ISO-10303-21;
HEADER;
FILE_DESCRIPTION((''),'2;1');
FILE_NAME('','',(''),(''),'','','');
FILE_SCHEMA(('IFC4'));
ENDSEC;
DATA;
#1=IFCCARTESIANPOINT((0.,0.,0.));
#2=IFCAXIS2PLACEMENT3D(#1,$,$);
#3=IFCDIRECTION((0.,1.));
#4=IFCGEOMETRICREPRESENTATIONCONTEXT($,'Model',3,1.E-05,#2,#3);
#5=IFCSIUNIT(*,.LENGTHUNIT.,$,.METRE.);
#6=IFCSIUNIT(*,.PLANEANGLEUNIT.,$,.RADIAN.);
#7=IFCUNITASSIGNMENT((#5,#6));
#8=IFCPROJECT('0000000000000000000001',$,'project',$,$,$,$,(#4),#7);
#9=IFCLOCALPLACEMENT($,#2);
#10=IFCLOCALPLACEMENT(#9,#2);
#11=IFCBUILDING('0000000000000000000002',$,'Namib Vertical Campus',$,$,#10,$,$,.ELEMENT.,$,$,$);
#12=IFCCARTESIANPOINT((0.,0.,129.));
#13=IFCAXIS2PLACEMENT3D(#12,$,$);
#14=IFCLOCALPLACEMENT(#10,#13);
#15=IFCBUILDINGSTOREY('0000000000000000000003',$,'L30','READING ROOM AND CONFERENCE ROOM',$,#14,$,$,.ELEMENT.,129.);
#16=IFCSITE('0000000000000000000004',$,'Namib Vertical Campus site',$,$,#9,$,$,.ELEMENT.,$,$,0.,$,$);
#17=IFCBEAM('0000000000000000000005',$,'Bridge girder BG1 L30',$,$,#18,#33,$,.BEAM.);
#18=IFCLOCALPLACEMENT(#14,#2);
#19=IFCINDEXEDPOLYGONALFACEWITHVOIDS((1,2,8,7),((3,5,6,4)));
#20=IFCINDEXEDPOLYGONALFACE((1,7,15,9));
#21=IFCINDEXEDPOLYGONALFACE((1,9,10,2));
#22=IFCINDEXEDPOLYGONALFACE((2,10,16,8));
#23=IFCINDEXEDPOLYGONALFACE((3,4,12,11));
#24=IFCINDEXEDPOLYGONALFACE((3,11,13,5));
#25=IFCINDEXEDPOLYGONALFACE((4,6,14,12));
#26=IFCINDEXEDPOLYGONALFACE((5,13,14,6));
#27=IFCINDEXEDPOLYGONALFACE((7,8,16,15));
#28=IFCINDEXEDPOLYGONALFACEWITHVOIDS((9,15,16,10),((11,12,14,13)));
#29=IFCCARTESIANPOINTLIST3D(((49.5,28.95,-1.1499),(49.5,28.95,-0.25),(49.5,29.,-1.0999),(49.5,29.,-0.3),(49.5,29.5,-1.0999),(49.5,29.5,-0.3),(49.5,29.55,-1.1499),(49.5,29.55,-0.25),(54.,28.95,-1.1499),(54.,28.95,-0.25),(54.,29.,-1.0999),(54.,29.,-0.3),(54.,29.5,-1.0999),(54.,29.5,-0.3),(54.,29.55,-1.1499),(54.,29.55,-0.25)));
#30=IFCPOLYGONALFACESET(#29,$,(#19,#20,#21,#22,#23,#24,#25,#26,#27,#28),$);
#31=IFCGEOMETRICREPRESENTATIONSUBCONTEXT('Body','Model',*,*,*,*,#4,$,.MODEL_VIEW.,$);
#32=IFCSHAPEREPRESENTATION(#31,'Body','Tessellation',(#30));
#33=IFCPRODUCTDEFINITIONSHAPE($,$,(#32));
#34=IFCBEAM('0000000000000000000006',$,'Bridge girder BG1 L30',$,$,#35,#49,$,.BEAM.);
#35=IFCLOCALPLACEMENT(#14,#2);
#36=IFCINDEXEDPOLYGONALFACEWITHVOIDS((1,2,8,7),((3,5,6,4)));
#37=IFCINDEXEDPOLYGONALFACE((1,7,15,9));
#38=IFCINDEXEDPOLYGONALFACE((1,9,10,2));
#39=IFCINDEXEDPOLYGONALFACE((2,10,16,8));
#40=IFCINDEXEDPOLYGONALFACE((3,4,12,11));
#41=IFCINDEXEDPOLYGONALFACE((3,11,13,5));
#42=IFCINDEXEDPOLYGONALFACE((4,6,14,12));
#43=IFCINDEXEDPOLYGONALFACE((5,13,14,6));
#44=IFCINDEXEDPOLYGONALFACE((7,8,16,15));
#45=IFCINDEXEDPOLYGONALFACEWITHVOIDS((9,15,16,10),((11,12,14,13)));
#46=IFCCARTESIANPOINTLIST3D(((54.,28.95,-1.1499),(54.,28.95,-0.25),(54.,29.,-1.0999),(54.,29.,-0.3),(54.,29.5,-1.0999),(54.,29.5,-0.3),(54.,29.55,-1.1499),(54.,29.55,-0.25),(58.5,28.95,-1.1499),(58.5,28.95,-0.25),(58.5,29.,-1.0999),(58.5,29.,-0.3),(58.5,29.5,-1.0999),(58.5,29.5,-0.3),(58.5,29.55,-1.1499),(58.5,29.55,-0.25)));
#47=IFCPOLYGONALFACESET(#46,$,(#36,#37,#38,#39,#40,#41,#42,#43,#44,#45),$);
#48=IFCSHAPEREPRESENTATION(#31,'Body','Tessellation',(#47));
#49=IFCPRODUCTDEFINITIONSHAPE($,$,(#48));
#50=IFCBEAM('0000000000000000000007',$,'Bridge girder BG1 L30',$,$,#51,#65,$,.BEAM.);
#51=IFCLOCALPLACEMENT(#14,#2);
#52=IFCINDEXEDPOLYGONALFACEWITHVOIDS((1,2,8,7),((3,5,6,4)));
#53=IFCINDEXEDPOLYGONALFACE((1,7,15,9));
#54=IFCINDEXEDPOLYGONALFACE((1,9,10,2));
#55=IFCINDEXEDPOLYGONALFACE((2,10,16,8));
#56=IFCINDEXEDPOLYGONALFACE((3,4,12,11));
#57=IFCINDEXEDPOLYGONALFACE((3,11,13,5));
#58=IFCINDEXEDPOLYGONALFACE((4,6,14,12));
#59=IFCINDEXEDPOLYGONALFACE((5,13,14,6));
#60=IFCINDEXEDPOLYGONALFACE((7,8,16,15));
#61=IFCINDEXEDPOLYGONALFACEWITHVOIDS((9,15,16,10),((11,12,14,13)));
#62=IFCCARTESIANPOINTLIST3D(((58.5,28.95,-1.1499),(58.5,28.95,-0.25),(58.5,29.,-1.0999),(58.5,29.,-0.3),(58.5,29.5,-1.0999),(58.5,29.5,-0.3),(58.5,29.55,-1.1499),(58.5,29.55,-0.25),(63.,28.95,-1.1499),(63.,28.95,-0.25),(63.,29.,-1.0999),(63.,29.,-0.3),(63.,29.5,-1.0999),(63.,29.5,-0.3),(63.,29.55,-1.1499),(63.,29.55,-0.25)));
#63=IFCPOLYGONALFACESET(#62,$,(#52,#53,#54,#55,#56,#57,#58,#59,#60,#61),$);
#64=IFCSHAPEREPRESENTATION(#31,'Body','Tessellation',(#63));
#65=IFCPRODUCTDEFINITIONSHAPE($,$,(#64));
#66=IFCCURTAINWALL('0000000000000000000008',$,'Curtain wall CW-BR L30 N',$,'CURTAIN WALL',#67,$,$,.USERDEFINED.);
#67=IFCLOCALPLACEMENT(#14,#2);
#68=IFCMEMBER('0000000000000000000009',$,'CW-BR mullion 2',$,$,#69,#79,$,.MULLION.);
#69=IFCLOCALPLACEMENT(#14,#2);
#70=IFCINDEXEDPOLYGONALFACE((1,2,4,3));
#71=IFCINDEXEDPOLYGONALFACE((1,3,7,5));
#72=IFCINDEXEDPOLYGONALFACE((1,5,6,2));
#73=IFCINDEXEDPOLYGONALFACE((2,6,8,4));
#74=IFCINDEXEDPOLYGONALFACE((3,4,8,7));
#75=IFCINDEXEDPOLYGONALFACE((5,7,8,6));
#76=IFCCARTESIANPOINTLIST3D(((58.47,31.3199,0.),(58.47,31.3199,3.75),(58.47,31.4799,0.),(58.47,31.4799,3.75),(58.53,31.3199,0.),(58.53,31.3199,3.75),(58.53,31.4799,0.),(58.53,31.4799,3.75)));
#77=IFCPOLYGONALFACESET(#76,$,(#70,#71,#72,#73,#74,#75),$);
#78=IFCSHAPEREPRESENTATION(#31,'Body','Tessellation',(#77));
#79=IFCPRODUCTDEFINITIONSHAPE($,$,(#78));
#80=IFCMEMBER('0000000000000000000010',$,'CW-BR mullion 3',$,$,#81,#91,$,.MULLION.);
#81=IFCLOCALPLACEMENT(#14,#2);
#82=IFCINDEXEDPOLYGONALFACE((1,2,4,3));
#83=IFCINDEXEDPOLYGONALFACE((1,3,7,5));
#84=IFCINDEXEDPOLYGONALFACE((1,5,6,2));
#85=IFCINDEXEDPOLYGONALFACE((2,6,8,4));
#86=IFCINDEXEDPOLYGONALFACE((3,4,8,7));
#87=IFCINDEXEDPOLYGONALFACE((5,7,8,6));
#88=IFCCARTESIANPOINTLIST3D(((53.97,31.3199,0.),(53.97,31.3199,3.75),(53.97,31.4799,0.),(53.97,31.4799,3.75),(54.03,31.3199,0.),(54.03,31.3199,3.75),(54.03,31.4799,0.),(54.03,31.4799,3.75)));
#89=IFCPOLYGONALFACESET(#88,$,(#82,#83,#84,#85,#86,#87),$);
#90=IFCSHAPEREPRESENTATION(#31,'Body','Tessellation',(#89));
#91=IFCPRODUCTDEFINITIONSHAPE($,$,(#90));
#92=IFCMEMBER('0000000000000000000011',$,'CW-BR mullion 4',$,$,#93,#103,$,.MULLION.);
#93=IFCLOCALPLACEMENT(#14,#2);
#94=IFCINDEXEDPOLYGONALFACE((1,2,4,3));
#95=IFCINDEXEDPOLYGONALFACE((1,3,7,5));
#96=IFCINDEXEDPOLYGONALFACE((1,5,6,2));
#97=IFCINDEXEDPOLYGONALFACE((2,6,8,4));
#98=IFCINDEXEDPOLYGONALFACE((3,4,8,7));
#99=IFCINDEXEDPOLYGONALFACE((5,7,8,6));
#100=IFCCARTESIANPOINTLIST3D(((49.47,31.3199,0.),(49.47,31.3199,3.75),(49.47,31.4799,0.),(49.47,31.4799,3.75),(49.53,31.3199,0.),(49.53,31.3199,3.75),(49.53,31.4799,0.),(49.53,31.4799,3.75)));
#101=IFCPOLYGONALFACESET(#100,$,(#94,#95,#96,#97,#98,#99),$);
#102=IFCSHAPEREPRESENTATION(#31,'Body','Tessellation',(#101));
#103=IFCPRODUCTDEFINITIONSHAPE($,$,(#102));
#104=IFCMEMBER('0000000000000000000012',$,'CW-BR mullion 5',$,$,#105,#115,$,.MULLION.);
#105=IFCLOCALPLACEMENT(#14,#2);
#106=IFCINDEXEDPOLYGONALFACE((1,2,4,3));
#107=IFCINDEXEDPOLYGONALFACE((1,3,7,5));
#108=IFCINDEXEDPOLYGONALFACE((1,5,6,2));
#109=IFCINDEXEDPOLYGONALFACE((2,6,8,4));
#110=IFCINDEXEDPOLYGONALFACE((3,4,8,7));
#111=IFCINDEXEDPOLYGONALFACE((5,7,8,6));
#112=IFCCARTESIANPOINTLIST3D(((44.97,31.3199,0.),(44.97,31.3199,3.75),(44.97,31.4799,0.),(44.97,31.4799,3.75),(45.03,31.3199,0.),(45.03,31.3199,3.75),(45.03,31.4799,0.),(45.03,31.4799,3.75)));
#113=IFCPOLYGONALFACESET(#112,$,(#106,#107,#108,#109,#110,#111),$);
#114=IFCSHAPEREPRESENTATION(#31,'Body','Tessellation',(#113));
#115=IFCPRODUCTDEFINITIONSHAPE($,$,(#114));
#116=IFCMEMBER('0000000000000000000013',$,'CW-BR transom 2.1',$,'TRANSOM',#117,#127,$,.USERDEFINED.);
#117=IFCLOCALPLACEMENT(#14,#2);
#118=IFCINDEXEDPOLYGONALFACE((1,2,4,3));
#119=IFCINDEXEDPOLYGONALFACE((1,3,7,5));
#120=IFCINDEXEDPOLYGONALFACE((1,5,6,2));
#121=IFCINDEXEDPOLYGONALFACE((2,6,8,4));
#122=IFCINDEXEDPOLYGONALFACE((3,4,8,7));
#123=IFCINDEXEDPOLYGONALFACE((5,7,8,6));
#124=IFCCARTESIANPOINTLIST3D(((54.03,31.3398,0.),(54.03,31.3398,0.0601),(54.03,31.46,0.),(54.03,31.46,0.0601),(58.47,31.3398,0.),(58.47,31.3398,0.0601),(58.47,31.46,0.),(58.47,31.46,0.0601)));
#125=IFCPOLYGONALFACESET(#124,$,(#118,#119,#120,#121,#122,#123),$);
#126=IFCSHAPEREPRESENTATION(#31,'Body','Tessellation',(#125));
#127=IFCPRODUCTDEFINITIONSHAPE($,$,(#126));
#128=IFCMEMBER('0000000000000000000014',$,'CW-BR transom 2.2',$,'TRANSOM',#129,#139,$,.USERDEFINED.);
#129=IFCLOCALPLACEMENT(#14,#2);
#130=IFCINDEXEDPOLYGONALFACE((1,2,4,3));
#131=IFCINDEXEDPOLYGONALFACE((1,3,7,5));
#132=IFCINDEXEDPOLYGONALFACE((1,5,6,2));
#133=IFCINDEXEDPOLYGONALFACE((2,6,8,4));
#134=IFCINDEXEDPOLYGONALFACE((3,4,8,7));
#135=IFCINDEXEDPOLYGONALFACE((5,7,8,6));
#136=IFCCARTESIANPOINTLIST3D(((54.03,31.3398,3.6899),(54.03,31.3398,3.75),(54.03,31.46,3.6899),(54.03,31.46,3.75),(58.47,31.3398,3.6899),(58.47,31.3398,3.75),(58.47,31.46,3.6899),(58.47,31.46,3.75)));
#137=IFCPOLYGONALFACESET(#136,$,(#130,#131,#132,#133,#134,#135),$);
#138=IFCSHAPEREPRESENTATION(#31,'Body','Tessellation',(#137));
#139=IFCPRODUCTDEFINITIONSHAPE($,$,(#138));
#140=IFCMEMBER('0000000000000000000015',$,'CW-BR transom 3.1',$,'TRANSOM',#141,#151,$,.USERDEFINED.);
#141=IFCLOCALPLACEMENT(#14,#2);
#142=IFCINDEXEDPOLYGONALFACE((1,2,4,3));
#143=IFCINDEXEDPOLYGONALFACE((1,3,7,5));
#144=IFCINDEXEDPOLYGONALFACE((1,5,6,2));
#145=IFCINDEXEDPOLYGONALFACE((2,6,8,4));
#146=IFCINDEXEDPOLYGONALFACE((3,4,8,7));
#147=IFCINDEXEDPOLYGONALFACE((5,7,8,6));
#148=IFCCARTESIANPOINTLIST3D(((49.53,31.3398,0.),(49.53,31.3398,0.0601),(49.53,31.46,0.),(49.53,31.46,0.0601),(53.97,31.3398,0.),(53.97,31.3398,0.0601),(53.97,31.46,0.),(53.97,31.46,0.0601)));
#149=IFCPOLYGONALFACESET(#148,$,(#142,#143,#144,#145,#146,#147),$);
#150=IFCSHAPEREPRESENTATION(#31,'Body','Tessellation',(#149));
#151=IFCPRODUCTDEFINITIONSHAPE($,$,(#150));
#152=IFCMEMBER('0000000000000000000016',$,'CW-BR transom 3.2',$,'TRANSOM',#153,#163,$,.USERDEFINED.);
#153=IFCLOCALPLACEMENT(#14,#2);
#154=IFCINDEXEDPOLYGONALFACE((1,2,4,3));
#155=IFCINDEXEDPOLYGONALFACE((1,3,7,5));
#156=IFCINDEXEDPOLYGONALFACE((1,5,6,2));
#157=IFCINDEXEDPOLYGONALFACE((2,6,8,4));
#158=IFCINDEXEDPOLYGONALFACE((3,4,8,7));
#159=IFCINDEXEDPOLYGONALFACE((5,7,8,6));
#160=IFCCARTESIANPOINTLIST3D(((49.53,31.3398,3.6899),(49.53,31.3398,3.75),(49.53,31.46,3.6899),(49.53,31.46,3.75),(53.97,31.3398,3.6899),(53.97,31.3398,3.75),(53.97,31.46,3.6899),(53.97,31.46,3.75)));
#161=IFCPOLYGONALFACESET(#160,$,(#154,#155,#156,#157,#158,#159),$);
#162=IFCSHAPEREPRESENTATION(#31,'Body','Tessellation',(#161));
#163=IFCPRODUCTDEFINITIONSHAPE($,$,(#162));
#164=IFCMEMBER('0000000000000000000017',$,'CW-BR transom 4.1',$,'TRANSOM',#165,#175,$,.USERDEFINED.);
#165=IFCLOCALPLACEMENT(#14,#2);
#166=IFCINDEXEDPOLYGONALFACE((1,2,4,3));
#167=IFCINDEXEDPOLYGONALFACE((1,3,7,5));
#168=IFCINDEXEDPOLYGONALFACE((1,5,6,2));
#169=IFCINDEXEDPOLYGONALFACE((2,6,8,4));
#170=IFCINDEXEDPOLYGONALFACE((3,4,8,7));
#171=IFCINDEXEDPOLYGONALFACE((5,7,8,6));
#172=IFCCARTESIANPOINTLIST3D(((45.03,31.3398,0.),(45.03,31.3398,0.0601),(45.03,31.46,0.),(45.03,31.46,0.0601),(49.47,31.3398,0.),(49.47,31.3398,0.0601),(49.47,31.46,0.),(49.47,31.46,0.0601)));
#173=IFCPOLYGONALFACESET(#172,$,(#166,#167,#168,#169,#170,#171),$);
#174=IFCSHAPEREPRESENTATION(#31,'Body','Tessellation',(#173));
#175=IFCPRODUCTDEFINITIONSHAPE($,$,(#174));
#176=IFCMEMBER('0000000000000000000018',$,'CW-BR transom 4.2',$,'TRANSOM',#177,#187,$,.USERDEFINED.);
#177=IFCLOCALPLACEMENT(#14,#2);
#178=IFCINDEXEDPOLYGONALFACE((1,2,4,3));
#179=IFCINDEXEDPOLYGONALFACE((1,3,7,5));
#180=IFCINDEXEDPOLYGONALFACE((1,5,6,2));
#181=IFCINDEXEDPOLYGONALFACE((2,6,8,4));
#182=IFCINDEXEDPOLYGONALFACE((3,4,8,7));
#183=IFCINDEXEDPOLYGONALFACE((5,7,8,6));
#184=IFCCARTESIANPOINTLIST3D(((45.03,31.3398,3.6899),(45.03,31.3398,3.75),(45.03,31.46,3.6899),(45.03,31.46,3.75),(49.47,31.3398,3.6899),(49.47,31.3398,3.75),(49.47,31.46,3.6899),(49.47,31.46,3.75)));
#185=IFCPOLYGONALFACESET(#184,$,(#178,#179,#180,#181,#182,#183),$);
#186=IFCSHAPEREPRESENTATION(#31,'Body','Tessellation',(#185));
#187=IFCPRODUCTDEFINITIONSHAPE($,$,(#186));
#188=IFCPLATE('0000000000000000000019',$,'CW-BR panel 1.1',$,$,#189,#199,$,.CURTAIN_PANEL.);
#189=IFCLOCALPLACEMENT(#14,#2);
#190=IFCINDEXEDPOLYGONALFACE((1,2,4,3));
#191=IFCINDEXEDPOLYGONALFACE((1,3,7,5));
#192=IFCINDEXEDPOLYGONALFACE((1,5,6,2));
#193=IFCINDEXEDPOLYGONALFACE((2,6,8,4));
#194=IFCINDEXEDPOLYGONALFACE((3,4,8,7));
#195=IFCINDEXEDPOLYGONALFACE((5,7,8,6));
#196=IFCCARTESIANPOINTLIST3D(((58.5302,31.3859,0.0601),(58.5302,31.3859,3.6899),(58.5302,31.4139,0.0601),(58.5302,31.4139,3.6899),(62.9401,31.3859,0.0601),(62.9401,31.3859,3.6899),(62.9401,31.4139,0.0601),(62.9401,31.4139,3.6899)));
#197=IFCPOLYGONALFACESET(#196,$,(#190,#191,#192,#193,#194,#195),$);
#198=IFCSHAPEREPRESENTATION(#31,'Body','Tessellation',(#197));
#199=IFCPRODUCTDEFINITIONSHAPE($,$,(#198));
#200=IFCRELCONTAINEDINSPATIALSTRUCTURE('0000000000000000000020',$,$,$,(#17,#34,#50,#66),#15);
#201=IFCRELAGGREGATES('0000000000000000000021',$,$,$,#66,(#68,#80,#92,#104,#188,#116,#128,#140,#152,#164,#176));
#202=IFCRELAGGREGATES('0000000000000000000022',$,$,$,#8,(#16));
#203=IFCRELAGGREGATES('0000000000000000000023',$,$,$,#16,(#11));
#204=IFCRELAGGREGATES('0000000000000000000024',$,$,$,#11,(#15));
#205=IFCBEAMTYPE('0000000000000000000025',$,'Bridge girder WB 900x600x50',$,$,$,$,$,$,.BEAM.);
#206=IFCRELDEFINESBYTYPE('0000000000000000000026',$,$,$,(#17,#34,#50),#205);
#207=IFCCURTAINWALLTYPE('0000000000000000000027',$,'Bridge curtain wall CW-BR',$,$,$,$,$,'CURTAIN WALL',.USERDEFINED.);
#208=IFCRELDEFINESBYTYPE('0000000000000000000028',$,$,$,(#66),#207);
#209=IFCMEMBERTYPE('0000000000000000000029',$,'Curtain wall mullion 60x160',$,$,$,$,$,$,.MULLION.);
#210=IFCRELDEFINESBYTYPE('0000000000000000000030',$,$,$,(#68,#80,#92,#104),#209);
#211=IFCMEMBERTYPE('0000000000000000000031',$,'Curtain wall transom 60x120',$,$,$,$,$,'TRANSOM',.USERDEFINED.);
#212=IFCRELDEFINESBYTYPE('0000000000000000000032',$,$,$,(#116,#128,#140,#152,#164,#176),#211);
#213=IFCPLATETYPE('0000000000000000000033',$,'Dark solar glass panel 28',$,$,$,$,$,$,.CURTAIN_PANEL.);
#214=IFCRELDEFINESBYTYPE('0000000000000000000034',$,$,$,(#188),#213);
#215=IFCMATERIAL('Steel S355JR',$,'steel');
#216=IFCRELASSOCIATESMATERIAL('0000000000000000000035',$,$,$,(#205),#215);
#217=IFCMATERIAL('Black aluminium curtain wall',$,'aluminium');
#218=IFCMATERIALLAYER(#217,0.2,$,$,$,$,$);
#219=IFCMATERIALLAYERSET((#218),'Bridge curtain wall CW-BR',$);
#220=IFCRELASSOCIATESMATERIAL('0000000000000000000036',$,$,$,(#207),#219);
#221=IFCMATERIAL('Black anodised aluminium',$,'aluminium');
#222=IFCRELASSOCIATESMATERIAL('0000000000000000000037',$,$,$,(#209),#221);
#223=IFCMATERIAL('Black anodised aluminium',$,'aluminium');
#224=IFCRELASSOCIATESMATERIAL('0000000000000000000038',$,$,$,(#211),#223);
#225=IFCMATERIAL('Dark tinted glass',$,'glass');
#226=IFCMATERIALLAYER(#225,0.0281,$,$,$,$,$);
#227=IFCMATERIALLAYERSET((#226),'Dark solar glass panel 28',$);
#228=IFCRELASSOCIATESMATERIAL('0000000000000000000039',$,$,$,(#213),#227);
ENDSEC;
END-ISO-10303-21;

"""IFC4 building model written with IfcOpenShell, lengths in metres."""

from ifc_helpers import new_model, si_unit, direction, frame, origin, origin_2d, place, context, subcontext, project, spatial, rectangle, hollow_rectangle, extrude, material, layer, layer_set, material_profile, profile_set, type_object, element, aggregate, save


model = new_model("IFC4")

# Units and contexts
model_context = context("Model", 3, precision=1e-05, world=origin(), true_north=direction((0.0, 1.0)))
body_context = subcontext(model_context, "Body", "Model", "MODEL_VIEW")
ifc_project = project(units=[si_unit("LENGTHUNIT", "METRE"), si_unit("PLANEANGLEUNIT", "RADIAN")], contexts=[model_context])

# Site, building, storey
site_placement = place(None, origin())
site = spatial("IfcSite", under=ifc_project, at=site_placement, Name="Namib Vertical Campus site", CompositionType="ELEMENT", RefElevation=0.0)
building_placement = place(site_placement, origin())
building = spatial("IfcBuilding", under=site, at=building_placement, Name="Namib Vertical Campus", CompositionType="ELEMENT")
storey_placement = place(building_placement, frame((0.0, 0.0, 129.0)))
storey = spatial("IfcBuildingStorey", under=building, at=storey_placement, Name="L30", Description="READING ROOM AND CONFERENCE ROOM", CompositionType="ELEMENT", Elevation=129.0)

# Beams
ifc_material_1 = material(Name="Steel S355JR", Category="steel")
ifc_material_profile_1 = material_profile(ifc_material_1, hollow_rectangle(XDim=0.6001, YDim=0.8999, WallThickness=0.05, at=origin_2d()))
ifc_profile_set_1 = profile_set([ifc_material_profile_1], Name="Steel S355JR")
beam_type_1 = type_object("IfcBeamType", Name="Bridge girder WB 900x600x50", PredefinedType="BEAM", material=ifc_profile_set_1)
for number, where, z_axis, x_axis, name in (
    (1, (49.5, 29.25, -0.7), (1.0, 0.0, 0.0), (0.0, 1.0, 0.0), "Bridge girder BG1 L30"),
    (2, (54.0, 29.25, -0.7), (1.0, 0.0, 0.0), (0.0, 1.0, 0.0), "Bridge girder BG1 L30"),
    (3, (58.5, 29.25, -0.7), (1.0, 0.0, 0.0), (0.0, 1.0, 0.0), "Bridge girder BG1 L30"),
):
    element("IfcBeam", number, at=place(storey_placement, frame(where, z_axis=z_axis, x_axis=x_axis)), inside=storey, type_object=beam_type_1, Name=name, PredefinedType="BEAM", context=body_context, shape_type="SweptSolid", body=[
        extrude(hollow_rectangle(XDim=0.6001, YDim=0.8999, WallThickness=0.05, at=origin_2d()), origin(), (0.0, 0.0, 1.0), 4.5),
    ])

# Curtain wall, members, plate
ifc_material_2 = material(Name="Black aluminium curtain wall", Category="aluminium")
ifc_layer_1 = layer(ifc_material_2, 0.2)
ifc_layer_set_1 = layer_set([ifc_layer_1], Name="Bridge curtain wall CW-BR")
curtain_wall_type = type_object("IfcCurtainWallType", Name="Bridge curtain wall CW-BR", ElementType="CURTAIN WALL", PredefinedType="USERDEFINED", material=ifc_layer_set_1)
curtain_wall_placement = place(storey_placement, origin())
curtain_wall = element("IfcCurtainWall", 4, at=curtain_wall_placement, inside=storey, type_object=curtain_wall_type, Name="Curtain wall CW-BR L30 N", ObjectType="CURTAIN WALL", PredefinedType="USERDEFINED")
ifc_material_3 = material(Name="Black anodised aluminium", Category="aluminium")
ifc_material_profile_2 = material_profile(ifc_material_3, rectangle(XDim=0.0601, YDim=0.1599, at=origin_2d()))
ifc_profile_set_2 = profile_set([ifc_material_profile_2], Name="Black anodised aluminium")
member_type_1 = type_object("IfcMemberType", Name="Curtain wall mullion 60x160", PredefinedType="MULLION", material=ifc_profile_set_2)
member_1_placement = place(storey_placement, frame((58.5, 31.3999, 0.0), z_axis=(0.0, 0.0, 1.0), x_axis=(-1.0, 0.0, 0.0)))
member_1 = element("IfcMember", 5, at=member_1_placement, type_object=member_type_1, Name="CW-BR mullion 2", PredefinedType="MULLION", context=body_context, shape_type="SweptSolid", body=[
    extrude(rectangle(XDim=0.0601, YDim=0.1599, at=origin_2d()), origin(), (0.0, 0.0, 1.0), 3.75),
])
member_2_placement = place(storey_placement, frame((54.0, 31.3999, 0.0), z_axis=(0.0, 0.0, 1.0), x_axis=(-1.0, 0.0, 0.0)))
member_2 = element("IfcMember", 6, at=member_2_placement, type_object=member_type_1, Name="CW-BR mullion 3", PredefinedType="MULLION", context=body_context, shape_type="SweptSolid", body=[
    extrude(rectangle(XDim=0.0601, YDim=0.1599, at=origin_2d()), origin(), (0.0, 0.0, 1.0), 3.75),
])
member_3_placement = place(storey_placement, frame((49.5, 31.3999, 0.0), z_axis=(0.0, 0.0, 1.0), x_axis=(-1.0, 0.0, 0.0)))
member_3 = element("IfcMember", 7, at=member_3_placement, type_object=member_type_1, Name="CW-BR mullion 4", PredefinedType="MULLION", context=body_context, shape_type="SweptSolid", body=[
    extrude(rectangle(XDim=0.0601, YDim=0.1599, at=origin_2d()), origin(), (0.0, 0.0, 1.0), 3.75),
])
member_4_placement = place(storey_placement, frame((45.0, 31.3999, 0.0), z_axis=(0.0, 0.0, 1.0), x_axis=(-1.0, 0.0, 0.0)))
member_4 = element("IfcMember", 8, at=member_4_placement, type_object=member_type_1, Name="CW-BR mullion 5", PredefinedType="MULLION", context=body_context, shape_type="SweptSolid", body=[
    extrude(rectangle(XDim=0.0601, YDim=0.1599, at=origin_2d()), origin(), (0.0, 0.0, 1.0), 3.75),
])
ifc_material_4 = material(Name="Black anodised aluminium", Category="aluminium")
ifc_material_profile_3 = material_profile(ifc_material_4, rectangle(XDim=0.0601, YDim=0.1201, at=origin_2d()))
ifc_profile_set_3 = profile_set([ifc_material_profile_3], Name="Black anodised aluminium")
member_type_2 = type_object("IfcMemberType", Name="Curtain wall transom 60x120", ElementType="TRANSOM", PredefinedType="USERDEFINED", material=ifc_profile_set_3)
member_5_placement = place(storey_placement, frame((58.47, 31.3999, 0.03), z_axis=(-1.0, 0.0, 0.0), x_axis=(0.0, 0.0, 1.0)))
member_5 = element("IfcMember", 9, at=member_5_placement, type_object=member_type_2, Name="CW-BR transom 2.1", ObjectType="TRANSOM", PredefinedType="USERDEFINED", context=body_context, shape_type="SweptSolid", body=[
    extrude(rectangle(XDim=0.0601, YDim=0.1201, at=origin_2d()), origin(), (0.0, 0.0, 1.0), 4.4399),
])
member_6_placement = place(storey_placement, frame((58.47, 31.3999, 3.72), z_axis=(-1.0, 0.0, 0.0), x_axis=(0.0, 0.0, 1.0)))
member_6 = element("IfcMember", 10, at=member_6_placement, type_object=member_type_2, Name="CW-BR transom 2.2", ObjectType="TRANSOM", PredefinedType="USERDEFINED", context=body_context, shape_type="SweptSolid", body=[
    extrude(rectangle(XDim=0.0601, YDim=0.1201, at=origin_2d()), origin(), (0.0, 0.0, 1.0), 4.4399),
])
member_7_placement = place(storey_placement, frame((53.97, 31.3999, 0.03), z_axis=(-1.0, 0.0, 0.0), x_axis=(0.0, 0.0, 1.0)))
member_7 = element("IfcMember", 11, at=member_7_placement, type_object=member_type_2, Name="CW-BR transom 3.1", ObjectType="TRANSOM", PredefinedType="USERDEFINED", context=body_context, shape_type="SweptSolid", body=[
    extrude(rectangle(XDim=0.0601, YDim=0.1201, at=origin_2d()), origin(), (0.0, 0.0, 1.0), 4.4399),
])
member_8_placement = place(storey_placement, frame((53.97, 31.3999, 3.72), z_axis=(-1.0, 0.0, 0.0), x_axis=(0.0, 0.0, 1.0)))
member_8 = element("IfcMember", 12, at=member_8_placement, type_object=member_type_2, Name="CW-BR transom 3.2", ObjectType="TRANSOM", PredefinedType="USERDEFINED", context=body_context, shape_type="SweptSolid", body=[
    extrude(rectangle(XDim=0.0601, YDim=0.1201, at=origin_2d()), origin(), (0.0, 0.0, 1.0), 4.4399),
])
member_9_placement = place(storey_placement, frame((49.47, 31.3999, 0.03), z_axis=(-1.0, 0.0, 0.0), x_axis=(0.0, 0.0, 1.0)))
member_9 = element("IfcMember", 13, at=member_9_placement, type_object=member_type_2, Name="CW-BR transom 4.1", ObjectType="TRANSOM", PredefinedType="USERDEFINED", context=body_context, shape_type="SweptSolid", body=[
    extrude(rectangle(XDim=0.0601, YDim=0.1201, at=origin_2d()), origin(), (0.0, 0.0, 1.0), 4.4399),
])
member_10_placement = place(storey_placement, frame((49.47, 31.3999, 3.72), z_axis=(-1.0, 0.0, 0.0), x_axis=(0.0, 0.0, 1.0)))
member_10 = element("IfcMember", 14, at=member_10_placement, type_object=member_type_2, Name="CW-BR transom 4.2", ObjectType="TRANSOM", PredefinedType="USERDEFINED", context=body_context, shape_type="SweptSolid", body=[
    extrude(rectangle(XDim=0.0601, YDim=0.1201, at=origin_2d()), origin(), (0.0, 0.0, 1.0), 4.4399),
])
ifc_material_5 = material(Name="Dark tinted glass", Category="glass")
ifc_layer_2 = layer(ifc_material_5, 0.0281)
ifc_layer_set_2 = layer_set([ifc_layer_2], Name="Dark solar glass panel 28")
plate_type = type_object("IfcPlateType", Name="Dark solar glass panel 28", PredefinedType="CURTAIN_PANEL", material=ifc_layer_set_2)
plate_1_placement = place(storey_placement, frame((60.7351, 31.3999, 0.0601), z_axis=(0.0, 0.0, 1.0), x_axis=(-1.0, 0.0, 0.0)))
plate_1 = element("IfcPlate", 15, at=plate_1_placement, type_object=plate_type, Name="CW-BR panel 1.1", PredefinedType="CURTAIN_PANEL", context=body_context, shape_type="SweptSolid", body=[
    extrude(rectangle(XDim=4.4099, YDim=0.0281, at=origin_2d()), origin(), (0.0, 0.0, 1.0), 3.6299),
])
aggregate(curtain_wall, [member_1, member_2, member_3, member_4, plate_1, member_5, member_6, member_7, member_8, member_9, member_10])

save(model, "model.ifc")
